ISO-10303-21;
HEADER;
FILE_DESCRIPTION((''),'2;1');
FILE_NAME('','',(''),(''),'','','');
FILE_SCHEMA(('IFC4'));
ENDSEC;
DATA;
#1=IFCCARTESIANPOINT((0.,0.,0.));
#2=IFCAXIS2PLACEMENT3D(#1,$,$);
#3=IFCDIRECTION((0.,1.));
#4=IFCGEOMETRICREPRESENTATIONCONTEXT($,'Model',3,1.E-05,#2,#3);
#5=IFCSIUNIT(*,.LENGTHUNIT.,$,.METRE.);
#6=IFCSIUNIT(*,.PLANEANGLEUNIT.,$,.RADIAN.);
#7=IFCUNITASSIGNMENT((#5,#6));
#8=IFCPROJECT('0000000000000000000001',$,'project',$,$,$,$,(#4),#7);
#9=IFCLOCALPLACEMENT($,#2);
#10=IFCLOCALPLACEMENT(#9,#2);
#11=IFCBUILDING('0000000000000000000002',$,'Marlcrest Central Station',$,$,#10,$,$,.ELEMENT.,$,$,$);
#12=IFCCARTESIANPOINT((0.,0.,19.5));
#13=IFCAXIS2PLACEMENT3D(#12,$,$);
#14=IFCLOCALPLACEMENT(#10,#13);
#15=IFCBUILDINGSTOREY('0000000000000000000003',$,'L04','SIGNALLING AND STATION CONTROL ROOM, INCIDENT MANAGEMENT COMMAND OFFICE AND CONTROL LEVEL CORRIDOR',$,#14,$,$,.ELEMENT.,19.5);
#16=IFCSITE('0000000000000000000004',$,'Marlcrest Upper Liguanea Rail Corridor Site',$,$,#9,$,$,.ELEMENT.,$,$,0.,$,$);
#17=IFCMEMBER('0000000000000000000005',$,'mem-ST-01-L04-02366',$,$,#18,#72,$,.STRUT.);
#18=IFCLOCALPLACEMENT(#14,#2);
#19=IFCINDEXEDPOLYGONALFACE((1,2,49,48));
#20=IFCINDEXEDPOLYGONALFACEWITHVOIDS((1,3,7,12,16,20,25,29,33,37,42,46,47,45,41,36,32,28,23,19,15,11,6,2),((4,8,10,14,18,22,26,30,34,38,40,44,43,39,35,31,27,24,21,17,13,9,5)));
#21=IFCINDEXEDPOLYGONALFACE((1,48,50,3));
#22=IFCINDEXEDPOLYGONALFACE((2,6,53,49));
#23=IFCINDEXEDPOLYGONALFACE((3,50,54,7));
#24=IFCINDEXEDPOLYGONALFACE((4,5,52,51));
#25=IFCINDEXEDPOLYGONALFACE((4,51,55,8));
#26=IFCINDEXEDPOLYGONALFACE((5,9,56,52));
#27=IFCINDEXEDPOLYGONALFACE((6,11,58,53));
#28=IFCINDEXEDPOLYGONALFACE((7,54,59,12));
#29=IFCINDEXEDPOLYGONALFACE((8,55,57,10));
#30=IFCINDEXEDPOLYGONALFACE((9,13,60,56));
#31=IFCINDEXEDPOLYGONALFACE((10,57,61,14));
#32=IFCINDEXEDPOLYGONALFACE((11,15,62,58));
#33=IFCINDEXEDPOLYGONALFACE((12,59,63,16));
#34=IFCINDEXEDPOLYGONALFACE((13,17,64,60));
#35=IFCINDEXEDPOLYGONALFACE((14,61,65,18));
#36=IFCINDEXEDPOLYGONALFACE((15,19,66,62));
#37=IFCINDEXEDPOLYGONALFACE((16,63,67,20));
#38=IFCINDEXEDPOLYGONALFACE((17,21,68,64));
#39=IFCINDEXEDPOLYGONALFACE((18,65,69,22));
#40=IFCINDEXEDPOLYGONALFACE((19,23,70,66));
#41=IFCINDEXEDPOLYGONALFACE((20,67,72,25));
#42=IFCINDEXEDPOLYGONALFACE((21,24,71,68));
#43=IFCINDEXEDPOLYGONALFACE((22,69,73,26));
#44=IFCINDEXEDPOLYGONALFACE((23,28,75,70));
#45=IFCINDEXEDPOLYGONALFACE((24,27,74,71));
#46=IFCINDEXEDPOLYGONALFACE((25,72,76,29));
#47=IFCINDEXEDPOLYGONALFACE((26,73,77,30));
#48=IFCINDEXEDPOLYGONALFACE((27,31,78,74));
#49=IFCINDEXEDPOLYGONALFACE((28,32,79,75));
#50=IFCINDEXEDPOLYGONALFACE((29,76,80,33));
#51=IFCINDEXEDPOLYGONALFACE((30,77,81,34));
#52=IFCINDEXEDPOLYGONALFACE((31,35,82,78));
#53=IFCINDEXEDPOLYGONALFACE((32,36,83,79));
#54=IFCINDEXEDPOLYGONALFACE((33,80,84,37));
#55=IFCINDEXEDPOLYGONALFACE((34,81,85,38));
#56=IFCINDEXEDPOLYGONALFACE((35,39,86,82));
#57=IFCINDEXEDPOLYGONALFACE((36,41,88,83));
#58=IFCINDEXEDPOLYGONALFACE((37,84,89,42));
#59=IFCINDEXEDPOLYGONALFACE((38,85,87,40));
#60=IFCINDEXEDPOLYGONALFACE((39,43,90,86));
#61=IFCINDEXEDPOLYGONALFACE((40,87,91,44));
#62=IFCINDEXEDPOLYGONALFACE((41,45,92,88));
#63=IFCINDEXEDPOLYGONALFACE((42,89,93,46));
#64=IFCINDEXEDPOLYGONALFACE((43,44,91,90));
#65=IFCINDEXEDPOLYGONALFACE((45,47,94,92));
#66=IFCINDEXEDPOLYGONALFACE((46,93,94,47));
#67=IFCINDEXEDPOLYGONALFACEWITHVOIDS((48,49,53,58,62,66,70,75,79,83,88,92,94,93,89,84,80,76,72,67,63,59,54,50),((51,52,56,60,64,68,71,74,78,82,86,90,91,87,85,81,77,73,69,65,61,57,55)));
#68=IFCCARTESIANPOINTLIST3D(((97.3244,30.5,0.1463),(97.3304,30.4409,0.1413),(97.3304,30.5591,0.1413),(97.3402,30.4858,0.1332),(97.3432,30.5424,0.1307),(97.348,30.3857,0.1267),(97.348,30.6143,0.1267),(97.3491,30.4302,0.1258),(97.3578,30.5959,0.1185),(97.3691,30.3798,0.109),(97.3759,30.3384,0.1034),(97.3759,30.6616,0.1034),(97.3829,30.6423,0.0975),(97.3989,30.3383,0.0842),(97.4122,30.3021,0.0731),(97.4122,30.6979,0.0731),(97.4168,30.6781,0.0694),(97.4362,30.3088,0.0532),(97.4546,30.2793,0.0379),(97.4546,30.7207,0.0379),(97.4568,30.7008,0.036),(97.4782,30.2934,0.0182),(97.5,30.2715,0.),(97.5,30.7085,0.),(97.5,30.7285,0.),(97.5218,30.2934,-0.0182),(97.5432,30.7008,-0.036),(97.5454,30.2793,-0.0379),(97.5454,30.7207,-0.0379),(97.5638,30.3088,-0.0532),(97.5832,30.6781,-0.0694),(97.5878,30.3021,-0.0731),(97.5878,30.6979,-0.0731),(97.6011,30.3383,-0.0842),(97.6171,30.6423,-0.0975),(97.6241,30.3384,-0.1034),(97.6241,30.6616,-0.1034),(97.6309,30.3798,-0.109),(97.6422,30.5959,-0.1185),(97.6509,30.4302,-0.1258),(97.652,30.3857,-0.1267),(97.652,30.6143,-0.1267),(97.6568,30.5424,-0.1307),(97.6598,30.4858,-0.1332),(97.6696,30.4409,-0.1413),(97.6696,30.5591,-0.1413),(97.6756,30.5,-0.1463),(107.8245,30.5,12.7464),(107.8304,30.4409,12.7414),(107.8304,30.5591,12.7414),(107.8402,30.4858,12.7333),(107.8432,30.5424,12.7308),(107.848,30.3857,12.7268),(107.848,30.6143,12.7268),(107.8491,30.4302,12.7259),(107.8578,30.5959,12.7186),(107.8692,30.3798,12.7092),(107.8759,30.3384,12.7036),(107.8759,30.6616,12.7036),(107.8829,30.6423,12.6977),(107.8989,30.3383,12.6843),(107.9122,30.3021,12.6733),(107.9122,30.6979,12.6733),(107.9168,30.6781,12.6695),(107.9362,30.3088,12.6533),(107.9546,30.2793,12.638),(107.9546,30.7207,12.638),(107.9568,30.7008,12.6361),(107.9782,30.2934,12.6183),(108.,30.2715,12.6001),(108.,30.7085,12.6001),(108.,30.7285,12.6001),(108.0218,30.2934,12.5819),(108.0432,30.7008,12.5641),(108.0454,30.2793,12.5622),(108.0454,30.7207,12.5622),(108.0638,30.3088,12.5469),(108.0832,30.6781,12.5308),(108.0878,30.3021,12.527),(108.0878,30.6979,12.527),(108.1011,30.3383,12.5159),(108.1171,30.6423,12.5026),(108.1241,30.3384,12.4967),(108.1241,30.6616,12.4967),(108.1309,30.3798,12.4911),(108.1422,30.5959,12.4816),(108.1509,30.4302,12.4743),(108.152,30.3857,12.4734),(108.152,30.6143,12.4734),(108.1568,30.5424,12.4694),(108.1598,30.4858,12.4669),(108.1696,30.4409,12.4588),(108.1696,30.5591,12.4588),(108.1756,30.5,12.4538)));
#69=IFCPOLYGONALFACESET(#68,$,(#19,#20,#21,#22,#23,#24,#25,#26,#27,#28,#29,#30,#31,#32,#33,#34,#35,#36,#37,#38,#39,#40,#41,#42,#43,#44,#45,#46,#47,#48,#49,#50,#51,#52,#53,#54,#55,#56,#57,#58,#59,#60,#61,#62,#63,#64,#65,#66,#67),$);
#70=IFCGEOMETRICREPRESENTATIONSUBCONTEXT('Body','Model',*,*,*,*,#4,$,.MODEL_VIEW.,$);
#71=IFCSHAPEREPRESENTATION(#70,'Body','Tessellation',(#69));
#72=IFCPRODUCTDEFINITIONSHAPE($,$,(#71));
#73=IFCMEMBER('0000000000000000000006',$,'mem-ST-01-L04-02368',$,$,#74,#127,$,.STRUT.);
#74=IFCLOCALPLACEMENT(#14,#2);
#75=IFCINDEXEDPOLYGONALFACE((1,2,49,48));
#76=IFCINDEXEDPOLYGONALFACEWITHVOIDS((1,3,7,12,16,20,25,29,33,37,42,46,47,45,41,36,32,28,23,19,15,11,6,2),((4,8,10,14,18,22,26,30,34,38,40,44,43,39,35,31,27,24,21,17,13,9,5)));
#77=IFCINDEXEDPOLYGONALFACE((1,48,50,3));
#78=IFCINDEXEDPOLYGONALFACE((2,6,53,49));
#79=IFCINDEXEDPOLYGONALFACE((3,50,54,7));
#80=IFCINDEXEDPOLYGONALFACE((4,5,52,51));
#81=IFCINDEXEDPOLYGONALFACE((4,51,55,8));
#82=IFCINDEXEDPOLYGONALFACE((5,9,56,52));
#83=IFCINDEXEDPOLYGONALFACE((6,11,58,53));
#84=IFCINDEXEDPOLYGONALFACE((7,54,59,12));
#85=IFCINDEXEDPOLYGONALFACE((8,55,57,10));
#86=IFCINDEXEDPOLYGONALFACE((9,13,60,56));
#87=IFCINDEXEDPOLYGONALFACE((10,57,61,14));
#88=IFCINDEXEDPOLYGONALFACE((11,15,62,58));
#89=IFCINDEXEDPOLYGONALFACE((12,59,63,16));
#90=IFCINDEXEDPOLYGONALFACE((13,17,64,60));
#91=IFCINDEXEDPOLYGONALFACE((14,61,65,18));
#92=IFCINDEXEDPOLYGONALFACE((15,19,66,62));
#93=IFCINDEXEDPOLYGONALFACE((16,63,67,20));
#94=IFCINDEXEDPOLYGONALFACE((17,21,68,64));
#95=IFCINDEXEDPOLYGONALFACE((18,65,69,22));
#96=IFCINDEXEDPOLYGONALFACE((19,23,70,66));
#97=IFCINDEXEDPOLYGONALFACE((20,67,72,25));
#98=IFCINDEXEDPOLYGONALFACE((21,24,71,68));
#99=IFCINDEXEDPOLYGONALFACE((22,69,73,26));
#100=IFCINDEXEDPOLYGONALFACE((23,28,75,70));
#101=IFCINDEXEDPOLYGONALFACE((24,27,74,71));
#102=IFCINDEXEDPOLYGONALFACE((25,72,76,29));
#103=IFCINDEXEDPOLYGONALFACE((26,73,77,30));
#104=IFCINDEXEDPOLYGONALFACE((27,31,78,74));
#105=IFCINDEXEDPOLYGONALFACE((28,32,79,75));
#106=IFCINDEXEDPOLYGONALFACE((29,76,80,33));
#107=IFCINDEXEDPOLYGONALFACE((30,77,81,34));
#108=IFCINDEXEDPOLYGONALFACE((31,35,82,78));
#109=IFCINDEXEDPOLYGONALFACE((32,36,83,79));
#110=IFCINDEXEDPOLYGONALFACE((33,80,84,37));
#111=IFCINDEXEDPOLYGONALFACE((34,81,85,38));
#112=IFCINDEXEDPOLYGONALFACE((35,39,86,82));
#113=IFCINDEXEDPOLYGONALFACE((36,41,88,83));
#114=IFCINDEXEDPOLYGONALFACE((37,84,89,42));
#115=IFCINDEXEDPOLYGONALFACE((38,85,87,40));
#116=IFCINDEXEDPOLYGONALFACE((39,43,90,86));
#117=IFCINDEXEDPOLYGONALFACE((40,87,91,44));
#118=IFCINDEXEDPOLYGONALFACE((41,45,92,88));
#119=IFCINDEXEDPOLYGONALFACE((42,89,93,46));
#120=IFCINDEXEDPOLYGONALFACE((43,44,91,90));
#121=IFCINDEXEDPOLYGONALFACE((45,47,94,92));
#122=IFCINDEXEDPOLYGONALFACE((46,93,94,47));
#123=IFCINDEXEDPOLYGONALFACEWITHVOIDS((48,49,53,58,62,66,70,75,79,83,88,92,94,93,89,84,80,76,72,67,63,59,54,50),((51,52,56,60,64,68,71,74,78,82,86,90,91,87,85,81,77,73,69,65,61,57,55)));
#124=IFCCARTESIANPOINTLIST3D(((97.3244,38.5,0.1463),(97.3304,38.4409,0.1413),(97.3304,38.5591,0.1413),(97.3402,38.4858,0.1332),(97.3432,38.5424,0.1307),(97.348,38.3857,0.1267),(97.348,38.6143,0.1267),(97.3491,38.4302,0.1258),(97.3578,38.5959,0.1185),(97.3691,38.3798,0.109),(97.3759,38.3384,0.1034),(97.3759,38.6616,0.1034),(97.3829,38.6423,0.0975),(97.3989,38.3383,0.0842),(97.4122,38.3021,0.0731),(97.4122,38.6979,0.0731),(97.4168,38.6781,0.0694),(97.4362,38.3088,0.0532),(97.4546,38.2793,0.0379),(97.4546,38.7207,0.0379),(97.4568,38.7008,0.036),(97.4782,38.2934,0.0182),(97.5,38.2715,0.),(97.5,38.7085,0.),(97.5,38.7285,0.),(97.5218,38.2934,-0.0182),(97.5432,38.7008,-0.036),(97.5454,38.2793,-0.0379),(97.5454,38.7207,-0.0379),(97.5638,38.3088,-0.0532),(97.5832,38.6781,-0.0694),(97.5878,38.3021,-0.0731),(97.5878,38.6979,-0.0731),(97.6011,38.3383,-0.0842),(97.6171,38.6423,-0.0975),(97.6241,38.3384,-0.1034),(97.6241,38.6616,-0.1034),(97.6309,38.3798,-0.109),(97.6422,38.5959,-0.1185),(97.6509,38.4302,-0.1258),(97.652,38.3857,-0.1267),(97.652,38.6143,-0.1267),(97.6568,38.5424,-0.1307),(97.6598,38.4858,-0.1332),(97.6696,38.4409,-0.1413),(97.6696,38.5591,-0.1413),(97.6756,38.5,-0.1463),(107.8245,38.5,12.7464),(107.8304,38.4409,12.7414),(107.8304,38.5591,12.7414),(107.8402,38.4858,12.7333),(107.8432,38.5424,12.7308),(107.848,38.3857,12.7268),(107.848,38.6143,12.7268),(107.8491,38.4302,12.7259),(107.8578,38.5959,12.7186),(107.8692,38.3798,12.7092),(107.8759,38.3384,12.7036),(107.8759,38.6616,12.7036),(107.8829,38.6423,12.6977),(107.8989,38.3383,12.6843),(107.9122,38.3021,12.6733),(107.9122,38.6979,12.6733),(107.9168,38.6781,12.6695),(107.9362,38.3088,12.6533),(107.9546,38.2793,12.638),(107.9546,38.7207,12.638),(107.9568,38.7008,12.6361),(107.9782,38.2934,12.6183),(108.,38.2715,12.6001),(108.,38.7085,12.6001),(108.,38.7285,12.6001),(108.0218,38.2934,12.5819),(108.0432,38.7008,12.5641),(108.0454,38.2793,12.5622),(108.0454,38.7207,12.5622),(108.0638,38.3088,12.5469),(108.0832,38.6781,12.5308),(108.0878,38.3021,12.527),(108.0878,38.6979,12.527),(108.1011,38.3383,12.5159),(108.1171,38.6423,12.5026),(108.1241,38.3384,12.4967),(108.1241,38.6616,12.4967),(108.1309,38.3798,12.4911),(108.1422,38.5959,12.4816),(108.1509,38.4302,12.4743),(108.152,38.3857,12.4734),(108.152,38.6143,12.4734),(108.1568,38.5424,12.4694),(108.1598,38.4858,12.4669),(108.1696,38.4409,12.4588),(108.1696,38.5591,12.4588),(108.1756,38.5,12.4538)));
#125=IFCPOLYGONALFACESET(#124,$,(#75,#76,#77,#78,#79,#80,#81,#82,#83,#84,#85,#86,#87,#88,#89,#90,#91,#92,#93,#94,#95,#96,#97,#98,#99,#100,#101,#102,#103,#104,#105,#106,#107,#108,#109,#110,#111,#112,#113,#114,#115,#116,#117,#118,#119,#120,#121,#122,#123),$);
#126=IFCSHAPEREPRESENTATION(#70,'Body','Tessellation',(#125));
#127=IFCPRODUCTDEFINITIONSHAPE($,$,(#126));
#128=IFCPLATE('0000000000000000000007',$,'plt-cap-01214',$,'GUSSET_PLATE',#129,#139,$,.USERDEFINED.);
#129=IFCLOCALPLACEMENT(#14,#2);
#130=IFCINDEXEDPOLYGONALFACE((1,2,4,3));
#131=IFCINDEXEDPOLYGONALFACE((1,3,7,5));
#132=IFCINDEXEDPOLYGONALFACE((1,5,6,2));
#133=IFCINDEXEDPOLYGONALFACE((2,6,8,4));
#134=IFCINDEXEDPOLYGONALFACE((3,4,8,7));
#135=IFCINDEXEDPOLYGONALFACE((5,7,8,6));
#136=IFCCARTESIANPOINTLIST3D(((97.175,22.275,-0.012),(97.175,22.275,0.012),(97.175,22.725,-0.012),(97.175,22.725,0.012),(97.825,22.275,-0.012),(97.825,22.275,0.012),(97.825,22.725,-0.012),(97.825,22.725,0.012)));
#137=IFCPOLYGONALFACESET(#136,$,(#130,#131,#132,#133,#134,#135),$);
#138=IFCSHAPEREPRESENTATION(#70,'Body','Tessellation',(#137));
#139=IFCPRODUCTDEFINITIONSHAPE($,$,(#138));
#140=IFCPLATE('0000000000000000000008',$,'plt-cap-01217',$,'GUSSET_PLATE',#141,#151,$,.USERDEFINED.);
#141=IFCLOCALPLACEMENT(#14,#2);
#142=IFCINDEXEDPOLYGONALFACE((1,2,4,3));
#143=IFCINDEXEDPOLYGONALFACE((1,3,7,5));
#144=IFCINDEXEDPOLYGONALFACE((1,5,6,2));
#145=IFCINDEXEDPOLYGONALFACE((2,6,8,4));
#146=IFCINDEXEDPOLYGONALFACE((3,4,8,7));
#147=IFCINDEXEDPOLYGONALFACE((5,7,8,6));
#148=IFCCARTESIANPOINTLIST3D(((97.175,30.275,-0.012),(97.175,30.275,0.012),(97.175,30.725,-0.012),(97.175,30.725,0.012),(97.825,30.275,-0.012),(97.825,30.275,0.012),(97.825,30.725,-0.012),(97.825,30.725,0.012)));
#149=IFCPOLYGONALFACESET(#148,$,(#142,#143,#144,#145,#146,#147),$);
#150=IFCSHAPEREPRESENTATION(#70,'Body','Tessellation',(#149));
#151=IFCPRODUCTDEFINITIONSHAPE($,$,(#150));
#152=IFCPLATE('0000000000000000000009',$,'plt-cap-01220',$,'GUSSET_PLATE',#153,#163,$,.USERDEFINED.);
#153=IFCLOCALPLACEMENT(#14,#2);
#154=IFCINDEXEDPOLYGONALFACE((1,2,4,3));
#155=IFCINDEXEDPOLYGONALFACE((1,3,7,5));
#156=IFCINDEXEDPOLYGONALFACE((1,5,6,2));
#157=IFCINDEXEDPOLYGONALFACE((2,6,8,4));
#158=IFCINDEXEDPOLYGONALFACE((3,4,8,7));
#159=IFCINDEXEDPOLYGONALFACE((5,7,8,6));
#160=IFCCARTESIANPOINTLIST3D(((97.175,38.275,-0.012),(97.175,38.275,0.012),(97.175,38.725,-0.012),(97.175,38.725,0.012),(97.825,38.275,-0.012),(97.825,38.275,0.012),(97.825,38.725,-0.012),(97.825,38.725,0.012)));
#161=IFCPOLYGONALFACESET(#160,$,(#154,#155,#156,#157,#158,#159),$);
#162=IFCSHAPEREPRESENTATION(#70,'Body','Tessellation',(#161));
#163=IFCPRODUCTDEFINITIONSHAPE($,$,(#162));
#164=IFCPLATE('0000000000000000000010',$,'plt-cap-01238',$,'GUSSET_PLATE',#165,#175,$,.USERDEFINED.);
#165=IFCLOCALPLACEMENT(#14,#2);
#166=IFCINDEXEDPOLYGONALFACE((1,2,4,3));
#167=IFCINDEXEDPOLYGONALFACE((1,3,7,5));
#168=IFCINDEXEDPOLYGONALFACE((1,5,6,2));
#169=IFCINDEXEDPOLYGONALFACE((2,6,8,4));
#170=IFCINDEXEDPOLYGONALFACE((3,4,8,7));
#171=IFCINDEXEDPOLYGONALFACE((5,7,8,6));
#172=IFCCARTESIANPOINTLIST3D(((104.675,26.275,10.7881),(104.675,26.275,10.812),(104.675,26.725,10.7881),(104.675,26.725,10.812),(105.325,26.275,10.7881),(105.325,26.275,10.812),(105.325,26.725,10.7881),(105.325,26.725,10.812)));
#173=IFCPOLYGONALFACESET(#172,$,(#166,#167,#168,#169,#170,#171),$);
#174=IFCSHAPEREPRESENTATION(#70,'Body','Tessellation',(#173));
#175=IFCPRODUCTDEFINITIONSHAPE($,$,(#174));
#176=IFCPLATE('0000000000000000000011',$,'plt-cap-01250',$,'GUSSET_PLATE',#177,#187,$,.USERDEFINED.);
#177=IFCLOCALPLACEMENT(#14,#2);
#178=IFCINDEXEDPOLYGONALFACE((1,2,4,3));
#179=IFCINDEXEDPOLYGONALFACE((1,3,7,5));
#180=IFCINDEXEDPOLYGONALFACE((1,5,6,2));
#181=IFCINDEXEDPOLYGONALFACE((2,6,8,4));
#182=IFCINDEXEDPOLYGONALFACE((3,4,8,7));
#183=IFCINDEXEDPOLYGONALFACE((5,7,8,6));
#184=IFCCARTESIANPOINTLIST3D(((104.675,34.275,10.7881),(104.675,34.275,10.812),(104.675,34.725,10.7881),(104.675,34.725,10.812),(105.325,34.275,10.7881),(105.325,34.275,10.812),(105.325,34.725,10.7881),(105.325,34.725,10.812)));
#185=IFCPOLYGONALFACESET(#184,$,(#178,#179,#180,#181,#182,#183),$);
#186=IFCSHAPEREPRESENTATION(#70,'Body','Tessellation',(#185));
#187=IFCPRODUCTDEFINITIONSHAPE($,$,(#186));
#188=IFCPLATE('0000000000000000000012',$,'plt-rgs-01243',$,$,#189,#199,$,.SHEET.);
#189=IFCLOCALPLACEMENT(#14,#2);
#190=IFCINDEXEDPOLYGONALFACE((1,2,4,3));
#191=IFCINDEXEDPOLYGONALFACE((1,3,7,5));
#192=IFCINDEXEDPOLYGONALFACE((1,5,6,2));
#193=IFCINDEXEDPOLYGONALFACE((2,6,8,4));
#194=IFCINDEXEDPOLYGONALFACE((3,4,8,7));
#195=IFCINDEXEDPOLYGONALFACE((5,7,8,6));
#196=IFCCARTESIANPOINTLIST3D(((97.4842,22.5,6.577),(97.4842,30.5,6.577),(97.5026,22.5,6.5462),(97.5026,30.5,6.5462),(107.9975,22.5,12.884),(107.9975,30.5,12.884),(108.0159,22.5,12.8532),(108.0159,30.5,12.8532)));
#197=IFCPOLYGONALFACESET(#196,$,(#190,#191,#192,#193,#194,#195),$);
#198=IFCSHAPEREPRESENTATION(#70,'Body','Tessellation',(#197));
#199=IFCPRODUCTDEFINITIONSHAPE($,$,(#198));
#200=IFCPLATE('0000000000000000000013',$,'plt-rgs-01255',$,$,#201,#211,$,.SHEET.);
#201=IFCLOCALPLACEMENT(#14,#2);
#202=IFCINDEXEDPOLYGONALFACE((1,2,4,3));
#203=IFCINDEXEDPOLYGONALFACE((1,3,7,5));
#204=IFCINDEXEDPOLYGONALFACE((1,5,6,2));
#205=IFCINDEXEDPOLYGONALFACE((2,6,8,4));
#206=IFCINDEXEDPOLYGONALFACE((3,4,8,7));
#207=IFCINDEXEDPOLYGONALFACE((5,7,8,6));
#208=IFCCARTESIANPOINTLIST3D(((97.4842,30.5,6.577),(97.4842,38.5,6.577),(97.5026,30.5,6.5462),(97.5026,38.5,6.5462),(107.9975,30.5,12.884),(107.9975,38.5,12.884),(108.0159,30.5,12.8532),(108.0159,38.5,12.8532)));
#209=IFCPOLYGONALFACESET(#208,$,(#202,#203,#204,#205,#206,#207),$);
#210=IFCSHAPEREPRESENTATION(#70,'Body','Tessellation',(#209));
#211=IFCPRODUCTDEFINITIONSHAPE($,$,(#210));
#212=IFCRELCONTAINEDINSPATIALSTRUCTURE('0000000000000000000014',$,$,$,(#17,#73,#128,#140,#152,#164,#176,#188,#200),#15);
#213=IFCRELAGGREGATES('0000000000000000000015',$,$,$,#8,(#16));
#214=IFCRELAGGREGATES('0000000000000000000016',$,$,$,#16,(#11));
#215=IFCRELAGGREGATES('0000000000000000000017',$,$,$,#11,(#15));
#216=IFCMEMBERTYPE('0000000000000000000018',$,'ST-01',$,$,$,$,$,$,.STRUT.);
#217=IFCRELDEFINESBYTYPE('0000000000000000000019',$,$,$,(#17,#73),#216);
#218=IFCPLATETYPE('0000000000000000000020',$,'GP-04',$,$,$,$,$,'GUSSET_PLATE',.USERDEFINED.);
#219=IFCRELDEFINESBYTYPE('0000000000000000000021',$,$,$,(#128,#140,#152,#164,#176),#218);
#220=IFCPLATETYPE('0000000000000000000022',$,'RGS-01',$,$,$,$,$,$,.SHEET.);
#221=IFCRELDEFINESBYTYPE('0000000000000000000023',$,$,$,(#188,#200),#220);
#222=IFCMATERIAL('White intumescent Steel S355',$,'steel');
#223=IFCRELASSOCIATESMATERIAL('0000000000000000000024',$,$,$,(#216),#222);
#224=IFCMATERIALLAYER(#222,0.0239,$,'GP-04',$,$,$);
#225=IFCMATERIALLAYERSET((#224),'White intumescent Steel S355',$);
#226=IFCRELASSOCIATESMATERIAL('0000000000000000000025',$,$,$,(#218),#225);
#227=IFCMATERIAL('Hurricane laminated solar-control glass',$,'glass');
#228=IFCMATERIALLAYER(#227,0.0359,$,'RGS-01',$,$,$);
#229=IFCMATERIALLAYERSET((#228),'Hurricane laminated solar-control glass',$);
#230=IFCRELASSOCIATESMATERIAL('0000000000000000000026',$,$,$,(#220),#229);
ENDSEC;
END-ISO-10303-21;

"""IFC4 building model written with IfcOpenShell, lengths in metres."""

from ifc_helpers import new_model, si_unit, direction, frame, origin, origin_2d, place, context, subcontext, project, spatial, rectangle, hollow_circle, extrude, material, layer, layer_set, material_profile, profile_set, type_object, element, save


model = new_model("IFC4")

# Units and contexts
model_context = context("Model", 3, precision=1e-05, world=origin(), true_north=direction((0.0, 1.0)))
body_context = subcontext(model_context, "Body", "Model", "MODEL_VIEW")
ifc_project = project(units=[si_unit("LENGTHUNIT", "METRE"), si_unit("PLANEANGLEUNIT", "RADIAN")], contexts=[model_context])

# Site, building, storey
site_placement = place(None, origin())
site = spatial("IfcSite", under=ifc_project, at=site_placement, Name="Marlcrest Upper Liguanea Rail Corridor Site", CompositionType="ELEMENT", RefElevation=0.0)
building_placement = place(site_placement, origin())
building = spatial("IfcBuilding", under=site, at=building_placement, Name="Marlcrest Central Station", CompositionType="ELEMENT")
storey_placement = place(building_placement, frame((0.0, 0.0, 19.5)))
storey = spatial("IfcBuildingStorey", under=building, at=storey_placement, Name="L04", Description="SIGNALLING AND STATION CONTROL ROOM, INCIDENT MANAGEMENT COMMAND OFFICE AND CONTROL LEVEL CORRIDOR", CompositionType="ELEMENT", Elevation=19.5)

# Members
ifc_material_1 = material(Name="White intumescent Steel S355", Category="steel")
ifc_material_profile_1 = material_profile(ifc_material_1, hollow_circle(Radius=0.2285, WallThickness=0.02, at=origin_2d()), Name="CHS 457x20")
ifc_profile_set_1 = profile_set([ifc_material_profile_1], Name="White intumescent Steel S355")
member_type_1 = type_object("IfcMemberType", Name="ST-01", PredefinedType="STRUT", material=ifc_profile_set_1)
for number, where, z_axis, x_axis, name in (
    (1, (97.5, 30.5, 0.0), (0.640181, 0.0, 0.768224), (0.0, 1.0, 0.0), "mem-ST-01-L04-02366"),
    (2, (97.5, 38.5, 0.0), (0.640181, 0.0, 0.768224), (0.0, 1.0, 0.0), "mem-ST-01-L04-02368"),
):
    element("IfcMember", number, at=place(storey_placement, frame(where, z_axis=z_axis, x_axis=x_axis)), inside=storey, type_object=member_type_1, Name=name, PredefinedType="STRUT", context=body_context, shape_type="SweptSolid", body=[
        extrude(hollow_circle(Radius=0.2285, WallThickness=0.02, at=origin_2d()), origin(), (0.0, 0.0, 1.0), 16.4016),
    ])

# Plates
ifc_layer_1 = layer(ifc_material_1, 0.0239, Name="GP-04")
ifc_layer_set_1 = layer_set([ifc_layer_1], Name="White intumescent Steel S355")
plate_type_1 = type_object("IfcPlateType", Name="GP-04", ElementType="GUSSET_PLATE", PredefinedType="USERDEFINED", material=ifc_layer_set_1)
for number, where, z_axis, x_axis, name in (
    (3, (97.5, 22.5, -0.012), (0.0, 0.0, 1.0), (1.0, 0.0, 0.0), "plt-cap-01214"),
    (4, (97.5, 30.5, -0.012), (0.0, 0.0, 1.0), (1.0, 0.0, 0.0), "plt-cap-01217"),
    (5, (97.5, 38.5, -0.012), (0.0, 0.0, 1.0), (1.0, 0.0, 0.0), "plt-cap-01220"),
    (6, (105.0, 26.5, 10.7881), (0.0, 0.0, 1.0), (1.0, 0.0, 0.0), "plt-cap-01238"),
    (7, (105.0, 34.5, 10.7881), (0.0, 0.0, 1.0), (1.0, 0.0, 0.0), "plt-cap-01250"),
):
    element("IfcPlate", number, at=place(storey_placement, frame(where, z_axis=z_axis, x_axis=x_axis)), inside=storey, type_object=plate_type_1, Name=name, ObjectType="GUSSET_PLATE", PredefinedType="USERDEFINED", context=body_context, shape_type="SweptSolid", body=[
        extrude(rectangle(XDim=0.6499, YDim=0.45, at=origin_2d()), origin(), (0.0, 0.0, 1.0), 0.0239),
    ])
ifc_material_2 = material(Name="Hurricane laminated solar-control glass", Category="glass")
ifc_layer_2 = layer(ifc_material_2, 0.0359, Name="RGS-01")
ifc_layer_set_2 = layer_set([ifc_layer_2], Name="Hurricane laminated solar-control glass")
plate_type_2 = type_object("IfcPlateType", Name="RGS-01", PredefinedType="SHEET", material=ifc_layer_set_2)
for number, where, z_axis, x_axis, name in (
    (8, (102.7593, 26.5, 9.6997), (-0.51444, 0.0, 0.857527), (0.857527, 0.0, 0.51444), "plt-rgs-01243"),
    (9, (102.7593, 34.5, 9.6997), (-0.51444, 0.0, 0.857527), (0.857527, 0.0, 0.51444), "plt-rgs-01255"),
):
    element("IfcPlate", number, at=place(storey_placement, frame(where, z_axis=z_axis, x_axis=x_axis)), inside=storey, type_object=plate_type_2, Name=name, PredefinedType="SHEET", context=body_context, shape_type="SweptSolid", body=[
        extrude(rectangle(XDim=12.26, YDim=8.0, at=origin_2d()), origin(), (0.0, 0.0, 1.0), 0.0359),
    ])

save(model, "model.ifc")
